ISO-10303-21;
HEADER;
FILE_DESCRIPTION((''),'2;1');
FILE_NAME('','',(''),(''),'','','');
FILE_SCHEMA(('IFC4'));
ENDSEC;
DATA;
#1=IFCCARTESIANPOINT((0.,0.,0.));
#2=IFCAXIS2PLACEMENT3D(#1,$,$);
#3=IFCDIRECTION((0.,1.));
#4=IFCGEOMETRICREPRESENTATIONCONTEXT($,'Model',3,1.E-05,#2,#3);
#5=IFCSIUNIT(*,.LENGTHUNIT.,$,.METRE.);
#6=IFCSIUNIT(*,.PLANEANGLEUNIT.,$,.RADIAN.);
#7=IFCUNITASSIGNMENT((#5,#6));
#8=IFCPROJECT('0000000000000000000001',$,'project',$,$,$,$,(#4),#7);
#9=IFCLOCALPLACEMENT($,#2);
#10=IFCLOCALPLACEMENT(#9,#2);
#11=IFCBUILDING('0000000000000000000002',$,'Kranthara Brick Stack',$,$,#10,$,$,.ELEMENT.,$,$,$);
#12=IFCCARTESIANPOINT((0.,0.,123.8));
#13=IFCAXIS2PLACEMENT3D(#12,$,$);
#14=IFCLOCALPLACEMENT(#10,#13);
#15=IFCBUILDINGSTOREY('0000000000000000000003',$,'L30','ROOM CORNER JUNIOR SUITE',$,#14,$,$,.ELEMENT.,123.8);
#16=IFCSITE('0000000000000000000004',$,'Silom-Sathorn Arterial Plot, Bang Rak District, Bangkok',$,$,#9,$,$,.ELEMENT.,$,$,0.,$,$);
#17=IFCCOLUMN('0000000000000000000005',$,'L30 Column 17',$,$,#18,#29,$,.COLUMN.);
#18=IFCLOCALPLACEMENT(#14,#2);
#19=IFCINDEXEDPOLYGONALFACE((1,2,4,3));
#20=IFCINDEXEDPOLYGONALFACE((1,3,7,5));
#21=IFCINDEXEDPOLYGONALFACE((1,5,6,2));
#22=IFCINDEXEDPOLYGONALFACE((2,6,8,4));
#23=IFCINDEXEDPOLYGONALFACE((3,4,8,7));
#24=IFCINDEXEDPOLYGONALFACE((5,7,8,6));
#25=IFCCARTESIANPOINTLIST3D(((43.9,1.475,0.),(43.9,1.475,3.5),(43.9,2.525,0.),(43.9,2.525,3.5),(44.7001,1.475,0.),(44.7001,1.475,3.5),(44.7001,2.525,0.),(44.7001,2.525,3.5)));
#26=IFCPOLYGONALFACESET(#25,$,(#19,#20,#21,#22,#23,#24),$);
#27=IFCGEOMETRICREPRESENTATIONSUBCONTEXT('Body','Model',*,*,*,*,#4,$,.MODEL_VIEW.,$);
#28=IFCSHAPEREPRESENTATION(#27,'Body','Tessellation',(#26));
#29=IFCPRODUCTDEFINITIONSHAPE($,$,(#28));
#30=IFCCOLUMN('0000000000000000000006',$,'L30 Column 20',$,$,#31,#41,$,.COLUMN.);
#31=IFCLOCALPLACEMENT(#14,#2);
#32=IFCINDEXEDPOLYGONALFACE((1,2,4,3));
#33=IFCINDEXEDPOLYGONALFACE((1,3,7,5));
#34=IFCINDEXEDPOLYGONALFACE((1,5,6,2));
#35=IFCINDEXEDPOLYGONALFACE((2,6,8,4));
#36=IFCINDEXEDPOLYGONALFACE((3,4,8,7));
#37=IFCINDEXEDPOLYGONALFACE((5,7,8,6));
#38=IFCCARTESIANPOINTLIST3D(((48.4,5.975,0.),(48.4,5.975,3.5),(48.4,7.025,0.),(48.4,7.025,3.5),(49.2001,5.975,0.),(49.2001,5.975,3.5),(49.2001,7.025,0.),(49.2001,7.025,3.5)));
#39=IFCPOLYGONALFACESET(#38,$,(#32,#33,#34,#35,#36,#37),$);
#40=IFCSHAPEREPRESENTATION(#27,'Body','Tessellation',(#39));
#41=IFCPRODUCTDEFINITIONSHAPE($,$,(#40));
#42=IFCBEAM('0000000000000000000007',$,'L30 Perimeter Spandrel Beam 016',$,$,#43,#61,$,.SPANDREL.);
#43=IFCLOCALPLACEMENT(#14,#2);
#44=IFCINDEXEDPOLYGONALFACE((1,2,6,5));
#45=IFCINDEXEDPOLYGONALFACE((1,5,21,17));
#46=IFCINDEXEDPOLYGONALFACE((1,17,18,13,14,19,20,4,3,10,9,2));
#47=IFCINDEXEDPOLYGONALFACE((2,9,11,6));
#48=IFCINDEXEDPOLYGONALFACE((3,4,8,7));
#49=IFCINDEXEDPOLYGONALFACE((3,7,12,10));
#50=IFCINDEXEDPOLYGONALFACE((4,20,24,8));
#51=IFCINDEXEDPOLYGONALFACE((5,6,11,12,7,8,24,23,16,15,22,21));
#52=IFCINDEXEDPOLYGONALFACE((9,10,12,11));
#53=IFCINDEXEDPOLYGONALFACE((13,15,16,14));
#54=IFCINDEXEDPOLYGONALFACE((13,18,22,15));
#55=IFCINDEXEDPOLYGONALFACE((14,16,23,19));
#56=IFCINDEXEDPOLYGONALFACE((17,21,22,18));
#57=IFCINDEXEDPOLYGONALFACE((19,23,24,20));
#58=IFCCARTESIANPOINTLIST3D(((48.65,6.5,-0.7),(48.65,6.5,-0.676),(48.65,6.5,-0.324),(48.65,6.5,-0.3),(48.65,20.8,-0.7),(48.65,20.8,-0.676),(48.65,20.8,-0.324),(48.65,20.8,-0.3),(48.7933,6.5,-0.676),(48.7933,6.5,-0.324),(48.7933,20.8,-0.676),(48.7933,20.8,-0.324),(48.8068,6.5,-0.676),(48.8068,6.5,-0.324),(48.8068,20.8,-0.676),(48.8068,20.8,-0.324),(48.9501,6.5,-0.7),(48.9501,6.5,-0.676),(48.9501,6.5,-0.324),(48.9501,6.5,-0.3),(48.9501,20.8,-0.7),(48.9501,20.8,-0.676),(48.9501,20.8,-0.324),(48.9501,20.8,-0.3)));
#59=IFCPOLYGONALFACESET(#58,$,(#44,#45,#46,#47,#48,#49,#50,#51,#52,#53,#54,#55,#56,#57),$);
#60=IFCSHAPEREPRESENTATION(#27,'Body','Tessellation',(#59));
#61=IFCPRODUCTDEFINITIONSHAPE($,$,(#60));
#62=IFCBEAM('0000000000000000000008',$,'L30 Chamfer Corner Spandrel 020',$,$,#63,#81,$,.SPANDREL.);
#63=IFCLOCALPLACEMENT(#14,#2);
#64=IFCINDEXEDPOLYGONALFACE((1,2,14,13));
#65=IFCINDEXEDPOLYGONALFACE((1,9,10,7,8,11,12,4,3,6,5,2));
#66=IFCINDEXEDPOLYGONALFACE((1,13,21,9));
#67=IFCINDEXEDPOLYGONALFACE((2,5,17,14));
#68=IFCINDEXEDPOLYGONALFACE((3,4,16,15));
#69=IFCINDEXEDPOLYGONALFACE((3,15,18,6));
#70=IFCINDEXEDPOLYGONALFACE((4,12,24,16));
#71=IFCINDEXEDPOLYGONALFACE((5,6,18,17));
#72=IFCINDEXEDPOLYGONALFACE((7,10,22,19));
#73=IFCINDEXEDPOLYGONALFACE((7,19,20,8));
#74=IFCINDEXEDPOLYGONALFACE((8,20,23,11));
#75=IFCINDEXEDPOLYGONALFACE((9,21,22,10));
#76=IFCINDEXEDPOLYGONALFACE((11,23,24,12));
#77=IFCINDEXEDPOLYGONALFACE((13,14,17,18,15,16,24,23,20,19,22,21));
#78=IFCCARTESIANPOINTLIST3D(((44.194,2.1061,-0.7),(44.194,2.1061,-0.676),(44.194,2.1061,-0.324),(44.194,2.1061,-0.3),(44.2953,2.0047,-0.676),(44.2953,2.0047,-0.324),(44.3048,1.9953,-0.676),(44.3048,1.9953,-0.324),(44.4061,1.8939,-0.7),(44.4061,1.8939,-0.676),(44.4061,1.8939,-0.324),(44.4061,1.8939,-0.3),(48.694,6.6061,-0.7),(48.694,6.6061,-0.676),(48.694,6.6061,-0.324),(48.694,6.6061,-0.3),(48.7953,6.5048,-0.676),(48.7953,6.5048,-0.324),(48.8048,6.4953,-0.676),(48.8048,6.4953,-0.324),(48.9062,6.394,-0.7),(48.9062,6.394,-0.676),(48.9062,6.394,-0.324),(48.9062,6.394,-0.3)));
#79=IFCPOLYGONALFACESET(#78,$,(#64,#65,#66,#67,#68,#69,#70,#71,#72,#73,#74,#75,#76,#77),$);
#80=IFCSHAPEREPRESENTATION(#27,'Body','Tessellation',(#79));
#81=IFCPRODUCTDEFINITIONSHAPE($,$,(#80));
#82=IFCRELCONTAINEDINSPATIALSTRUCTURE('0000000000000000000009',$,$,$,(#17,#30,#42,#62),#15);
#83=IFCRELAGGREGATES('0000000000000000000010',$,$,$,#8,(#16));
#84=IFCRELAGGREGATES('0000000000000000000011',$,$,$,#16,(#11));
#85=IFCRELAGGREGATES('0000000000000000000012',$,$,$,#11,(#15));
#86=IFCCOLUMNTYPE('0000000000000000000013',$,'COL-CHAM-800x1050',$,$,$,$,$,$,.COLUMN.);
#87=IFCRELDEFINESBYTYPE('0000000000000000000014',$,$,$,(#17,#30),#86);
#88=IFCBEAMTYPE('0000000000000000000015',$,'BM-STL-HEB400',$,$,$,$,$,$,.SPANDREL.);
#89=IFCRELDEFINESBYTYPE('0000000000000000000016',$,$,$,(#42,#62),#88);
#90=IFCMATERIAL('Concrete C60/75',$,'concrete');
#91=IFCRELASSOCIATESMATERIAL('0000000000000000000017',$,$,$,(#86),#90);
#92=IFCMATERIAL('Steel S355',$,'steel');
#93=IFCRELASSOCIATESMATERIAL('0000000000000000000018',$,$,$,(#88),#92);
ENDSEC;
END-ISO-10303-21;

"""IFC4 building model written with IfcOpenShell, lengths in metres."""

from ifc_helpers import new_model, si_unit, direction, frame, origin, origin_2d, place, context, subcontext, project, spatial, rectangle, i_section, extrude, material, material_profile, profile_set, type_object, element, save


model = new_model("IFC4")

# Units and contexts
model_context = context("Model", 3, precision=1e-05, world=origin(), true_north=direction((0.0, 1.0)))
body_context = subcontext(model_context, "Body", "Model", "MODEL_VIEW")
ifc_project = project(units=[si_unit("LENGTHUNIT", "METRE"), si_unit("PLANEANGLEUNIT", "RADIAN")], contexts=[model_context])

# Site, building, storey
site_placement = place(None, origin())
site = spatial("IfcSite", under=ifc_project, at=site_placement, Name="Silom-Sathorn Arterial Plot, Bang Rak District, Bangkok", CompositionType="ELEMENT", RefElevation=0.0)
building_placement = place(site_placement, origin())
building = spatial("IfcBuilding", under=site, at=building_placement, Name="Kranthara Brick Stack", CompositionType="ELEMENT")
storey_placement = place(building_placement, frame((0.0, 0.0, 123.8)))
storey = spatial("IfcBuildingStorey", under=building, at=storey_placement, Name="L30", Description="ROOM CORNER JUNIOR SUITE", CompositionType="ELEMENT", Elevation=123.8)

# Columns
ifc_material_1 = material(Name="Concrete C60/75", Category="concrete")
ifc_material_profile_1 = material_profile(ifc_material_1, rectangle(XDim=0.8, YDim=1.05, at=origin_2d()), Name="RC 800x1050")
ifc_profile_set_1 = profile_set([ifc_material_profile_1], Name="Concrete C60/75")
column_type = type_object("IfcColumnType", Name="COL-CHAM-800x1050", PredefinedType="COLUMN", material=ifc_profile_set_1)
for number, where, z_axis, x_axis, name in (
    (1, (44.3, 2.0, 0.0), (0.0, 0.0, 1.0), (1.0, 0.0, 0.0), "L30 Column 17"),
    (2, (48.8, 6.5, 0.0), (0.0, 0.0, 1.0), (1.0, 0.0, 0.0), "L30 Column 20"),
):
    element("IfcColumn", number, at=place(storey_placement, frame(where, z_axis=z_axis, x_axis=x_axis)), inside=storey, type_object=column_type, Name=name, PredefinedType="COLUMN", context=body_context, shape_type="SweptSolid", body=[
        extrude(rectangle(XDim=0.8, YDim=1.05, at=origin_2d()), origin(), (0.0, 0.0, 1.0), 3.5),
    ])

# Beams
ifc_material_2 = material(Name="Steel S355", Category="steel")
ifc_material_profile_2 = material_profile(ifc_material_2, i_section(OverallWidth=0.3, OverallDepth=0.3999, WebThickness=0.0134, FlangeThickness=0.0239, at=origin_2d()), Name="HEB 400")
ifc_profile_set_2 = profile_set([ifc_material_profile_2], Name="Steel S355")
beam_type = type_object("IfcBeamType", Name="BM-STL-HEB400", PredefinedType="SPANDREL", material=ifc_profile_set_2)
beam_1_placement = place(storey_placement, frame((48.8, 6.5, -0.5), z_axis=(0.0, 1.0, 0.0), x_axis=(-1.0, 0.0, 0.0)))
element("IfcBeam", 3, at=beam_1_placement, inside=storey, type_object=beam_type, Name="L30 Perimeter Spandrel Beam 016", PredefinedType="SPANDREL", context=body_context, shape_type="SweptSolid", body=[
    extrude(i_section(OverallWidth=0.3, OverallDepth=0.3999, WebThickness=0.0134, FlangeThickness=0.0239, at=origin_2d()), origin(), (0.0, 0.0, 1.0), 14.3),
])
beam_2_placement = place(storey_placement, frame((44.3, 2.0, -0.5), z_axis=(0.707107, 0.707107, 0.0), x_axis=(-0.707107, 0.707107, 0.0)))
element("IfcBeam", 4, at=beam_2_placement, inside=storey, type_object=beam_type, Name="L30 Chamfer Corner Spandrel 020", PredefinedType="SPANDREL", context=body_context, shape_type="SweptSolid", body=[
    extrude(i_section(OverallWidth=0.3, OverallDepth=0.3999, WebThickness=0.0134, FlangeThickness=0.0239, at=origin_2d()), origin(), (0.0, 0.0, 1.0), 6.364),
])

save(model, "model.ifc")
